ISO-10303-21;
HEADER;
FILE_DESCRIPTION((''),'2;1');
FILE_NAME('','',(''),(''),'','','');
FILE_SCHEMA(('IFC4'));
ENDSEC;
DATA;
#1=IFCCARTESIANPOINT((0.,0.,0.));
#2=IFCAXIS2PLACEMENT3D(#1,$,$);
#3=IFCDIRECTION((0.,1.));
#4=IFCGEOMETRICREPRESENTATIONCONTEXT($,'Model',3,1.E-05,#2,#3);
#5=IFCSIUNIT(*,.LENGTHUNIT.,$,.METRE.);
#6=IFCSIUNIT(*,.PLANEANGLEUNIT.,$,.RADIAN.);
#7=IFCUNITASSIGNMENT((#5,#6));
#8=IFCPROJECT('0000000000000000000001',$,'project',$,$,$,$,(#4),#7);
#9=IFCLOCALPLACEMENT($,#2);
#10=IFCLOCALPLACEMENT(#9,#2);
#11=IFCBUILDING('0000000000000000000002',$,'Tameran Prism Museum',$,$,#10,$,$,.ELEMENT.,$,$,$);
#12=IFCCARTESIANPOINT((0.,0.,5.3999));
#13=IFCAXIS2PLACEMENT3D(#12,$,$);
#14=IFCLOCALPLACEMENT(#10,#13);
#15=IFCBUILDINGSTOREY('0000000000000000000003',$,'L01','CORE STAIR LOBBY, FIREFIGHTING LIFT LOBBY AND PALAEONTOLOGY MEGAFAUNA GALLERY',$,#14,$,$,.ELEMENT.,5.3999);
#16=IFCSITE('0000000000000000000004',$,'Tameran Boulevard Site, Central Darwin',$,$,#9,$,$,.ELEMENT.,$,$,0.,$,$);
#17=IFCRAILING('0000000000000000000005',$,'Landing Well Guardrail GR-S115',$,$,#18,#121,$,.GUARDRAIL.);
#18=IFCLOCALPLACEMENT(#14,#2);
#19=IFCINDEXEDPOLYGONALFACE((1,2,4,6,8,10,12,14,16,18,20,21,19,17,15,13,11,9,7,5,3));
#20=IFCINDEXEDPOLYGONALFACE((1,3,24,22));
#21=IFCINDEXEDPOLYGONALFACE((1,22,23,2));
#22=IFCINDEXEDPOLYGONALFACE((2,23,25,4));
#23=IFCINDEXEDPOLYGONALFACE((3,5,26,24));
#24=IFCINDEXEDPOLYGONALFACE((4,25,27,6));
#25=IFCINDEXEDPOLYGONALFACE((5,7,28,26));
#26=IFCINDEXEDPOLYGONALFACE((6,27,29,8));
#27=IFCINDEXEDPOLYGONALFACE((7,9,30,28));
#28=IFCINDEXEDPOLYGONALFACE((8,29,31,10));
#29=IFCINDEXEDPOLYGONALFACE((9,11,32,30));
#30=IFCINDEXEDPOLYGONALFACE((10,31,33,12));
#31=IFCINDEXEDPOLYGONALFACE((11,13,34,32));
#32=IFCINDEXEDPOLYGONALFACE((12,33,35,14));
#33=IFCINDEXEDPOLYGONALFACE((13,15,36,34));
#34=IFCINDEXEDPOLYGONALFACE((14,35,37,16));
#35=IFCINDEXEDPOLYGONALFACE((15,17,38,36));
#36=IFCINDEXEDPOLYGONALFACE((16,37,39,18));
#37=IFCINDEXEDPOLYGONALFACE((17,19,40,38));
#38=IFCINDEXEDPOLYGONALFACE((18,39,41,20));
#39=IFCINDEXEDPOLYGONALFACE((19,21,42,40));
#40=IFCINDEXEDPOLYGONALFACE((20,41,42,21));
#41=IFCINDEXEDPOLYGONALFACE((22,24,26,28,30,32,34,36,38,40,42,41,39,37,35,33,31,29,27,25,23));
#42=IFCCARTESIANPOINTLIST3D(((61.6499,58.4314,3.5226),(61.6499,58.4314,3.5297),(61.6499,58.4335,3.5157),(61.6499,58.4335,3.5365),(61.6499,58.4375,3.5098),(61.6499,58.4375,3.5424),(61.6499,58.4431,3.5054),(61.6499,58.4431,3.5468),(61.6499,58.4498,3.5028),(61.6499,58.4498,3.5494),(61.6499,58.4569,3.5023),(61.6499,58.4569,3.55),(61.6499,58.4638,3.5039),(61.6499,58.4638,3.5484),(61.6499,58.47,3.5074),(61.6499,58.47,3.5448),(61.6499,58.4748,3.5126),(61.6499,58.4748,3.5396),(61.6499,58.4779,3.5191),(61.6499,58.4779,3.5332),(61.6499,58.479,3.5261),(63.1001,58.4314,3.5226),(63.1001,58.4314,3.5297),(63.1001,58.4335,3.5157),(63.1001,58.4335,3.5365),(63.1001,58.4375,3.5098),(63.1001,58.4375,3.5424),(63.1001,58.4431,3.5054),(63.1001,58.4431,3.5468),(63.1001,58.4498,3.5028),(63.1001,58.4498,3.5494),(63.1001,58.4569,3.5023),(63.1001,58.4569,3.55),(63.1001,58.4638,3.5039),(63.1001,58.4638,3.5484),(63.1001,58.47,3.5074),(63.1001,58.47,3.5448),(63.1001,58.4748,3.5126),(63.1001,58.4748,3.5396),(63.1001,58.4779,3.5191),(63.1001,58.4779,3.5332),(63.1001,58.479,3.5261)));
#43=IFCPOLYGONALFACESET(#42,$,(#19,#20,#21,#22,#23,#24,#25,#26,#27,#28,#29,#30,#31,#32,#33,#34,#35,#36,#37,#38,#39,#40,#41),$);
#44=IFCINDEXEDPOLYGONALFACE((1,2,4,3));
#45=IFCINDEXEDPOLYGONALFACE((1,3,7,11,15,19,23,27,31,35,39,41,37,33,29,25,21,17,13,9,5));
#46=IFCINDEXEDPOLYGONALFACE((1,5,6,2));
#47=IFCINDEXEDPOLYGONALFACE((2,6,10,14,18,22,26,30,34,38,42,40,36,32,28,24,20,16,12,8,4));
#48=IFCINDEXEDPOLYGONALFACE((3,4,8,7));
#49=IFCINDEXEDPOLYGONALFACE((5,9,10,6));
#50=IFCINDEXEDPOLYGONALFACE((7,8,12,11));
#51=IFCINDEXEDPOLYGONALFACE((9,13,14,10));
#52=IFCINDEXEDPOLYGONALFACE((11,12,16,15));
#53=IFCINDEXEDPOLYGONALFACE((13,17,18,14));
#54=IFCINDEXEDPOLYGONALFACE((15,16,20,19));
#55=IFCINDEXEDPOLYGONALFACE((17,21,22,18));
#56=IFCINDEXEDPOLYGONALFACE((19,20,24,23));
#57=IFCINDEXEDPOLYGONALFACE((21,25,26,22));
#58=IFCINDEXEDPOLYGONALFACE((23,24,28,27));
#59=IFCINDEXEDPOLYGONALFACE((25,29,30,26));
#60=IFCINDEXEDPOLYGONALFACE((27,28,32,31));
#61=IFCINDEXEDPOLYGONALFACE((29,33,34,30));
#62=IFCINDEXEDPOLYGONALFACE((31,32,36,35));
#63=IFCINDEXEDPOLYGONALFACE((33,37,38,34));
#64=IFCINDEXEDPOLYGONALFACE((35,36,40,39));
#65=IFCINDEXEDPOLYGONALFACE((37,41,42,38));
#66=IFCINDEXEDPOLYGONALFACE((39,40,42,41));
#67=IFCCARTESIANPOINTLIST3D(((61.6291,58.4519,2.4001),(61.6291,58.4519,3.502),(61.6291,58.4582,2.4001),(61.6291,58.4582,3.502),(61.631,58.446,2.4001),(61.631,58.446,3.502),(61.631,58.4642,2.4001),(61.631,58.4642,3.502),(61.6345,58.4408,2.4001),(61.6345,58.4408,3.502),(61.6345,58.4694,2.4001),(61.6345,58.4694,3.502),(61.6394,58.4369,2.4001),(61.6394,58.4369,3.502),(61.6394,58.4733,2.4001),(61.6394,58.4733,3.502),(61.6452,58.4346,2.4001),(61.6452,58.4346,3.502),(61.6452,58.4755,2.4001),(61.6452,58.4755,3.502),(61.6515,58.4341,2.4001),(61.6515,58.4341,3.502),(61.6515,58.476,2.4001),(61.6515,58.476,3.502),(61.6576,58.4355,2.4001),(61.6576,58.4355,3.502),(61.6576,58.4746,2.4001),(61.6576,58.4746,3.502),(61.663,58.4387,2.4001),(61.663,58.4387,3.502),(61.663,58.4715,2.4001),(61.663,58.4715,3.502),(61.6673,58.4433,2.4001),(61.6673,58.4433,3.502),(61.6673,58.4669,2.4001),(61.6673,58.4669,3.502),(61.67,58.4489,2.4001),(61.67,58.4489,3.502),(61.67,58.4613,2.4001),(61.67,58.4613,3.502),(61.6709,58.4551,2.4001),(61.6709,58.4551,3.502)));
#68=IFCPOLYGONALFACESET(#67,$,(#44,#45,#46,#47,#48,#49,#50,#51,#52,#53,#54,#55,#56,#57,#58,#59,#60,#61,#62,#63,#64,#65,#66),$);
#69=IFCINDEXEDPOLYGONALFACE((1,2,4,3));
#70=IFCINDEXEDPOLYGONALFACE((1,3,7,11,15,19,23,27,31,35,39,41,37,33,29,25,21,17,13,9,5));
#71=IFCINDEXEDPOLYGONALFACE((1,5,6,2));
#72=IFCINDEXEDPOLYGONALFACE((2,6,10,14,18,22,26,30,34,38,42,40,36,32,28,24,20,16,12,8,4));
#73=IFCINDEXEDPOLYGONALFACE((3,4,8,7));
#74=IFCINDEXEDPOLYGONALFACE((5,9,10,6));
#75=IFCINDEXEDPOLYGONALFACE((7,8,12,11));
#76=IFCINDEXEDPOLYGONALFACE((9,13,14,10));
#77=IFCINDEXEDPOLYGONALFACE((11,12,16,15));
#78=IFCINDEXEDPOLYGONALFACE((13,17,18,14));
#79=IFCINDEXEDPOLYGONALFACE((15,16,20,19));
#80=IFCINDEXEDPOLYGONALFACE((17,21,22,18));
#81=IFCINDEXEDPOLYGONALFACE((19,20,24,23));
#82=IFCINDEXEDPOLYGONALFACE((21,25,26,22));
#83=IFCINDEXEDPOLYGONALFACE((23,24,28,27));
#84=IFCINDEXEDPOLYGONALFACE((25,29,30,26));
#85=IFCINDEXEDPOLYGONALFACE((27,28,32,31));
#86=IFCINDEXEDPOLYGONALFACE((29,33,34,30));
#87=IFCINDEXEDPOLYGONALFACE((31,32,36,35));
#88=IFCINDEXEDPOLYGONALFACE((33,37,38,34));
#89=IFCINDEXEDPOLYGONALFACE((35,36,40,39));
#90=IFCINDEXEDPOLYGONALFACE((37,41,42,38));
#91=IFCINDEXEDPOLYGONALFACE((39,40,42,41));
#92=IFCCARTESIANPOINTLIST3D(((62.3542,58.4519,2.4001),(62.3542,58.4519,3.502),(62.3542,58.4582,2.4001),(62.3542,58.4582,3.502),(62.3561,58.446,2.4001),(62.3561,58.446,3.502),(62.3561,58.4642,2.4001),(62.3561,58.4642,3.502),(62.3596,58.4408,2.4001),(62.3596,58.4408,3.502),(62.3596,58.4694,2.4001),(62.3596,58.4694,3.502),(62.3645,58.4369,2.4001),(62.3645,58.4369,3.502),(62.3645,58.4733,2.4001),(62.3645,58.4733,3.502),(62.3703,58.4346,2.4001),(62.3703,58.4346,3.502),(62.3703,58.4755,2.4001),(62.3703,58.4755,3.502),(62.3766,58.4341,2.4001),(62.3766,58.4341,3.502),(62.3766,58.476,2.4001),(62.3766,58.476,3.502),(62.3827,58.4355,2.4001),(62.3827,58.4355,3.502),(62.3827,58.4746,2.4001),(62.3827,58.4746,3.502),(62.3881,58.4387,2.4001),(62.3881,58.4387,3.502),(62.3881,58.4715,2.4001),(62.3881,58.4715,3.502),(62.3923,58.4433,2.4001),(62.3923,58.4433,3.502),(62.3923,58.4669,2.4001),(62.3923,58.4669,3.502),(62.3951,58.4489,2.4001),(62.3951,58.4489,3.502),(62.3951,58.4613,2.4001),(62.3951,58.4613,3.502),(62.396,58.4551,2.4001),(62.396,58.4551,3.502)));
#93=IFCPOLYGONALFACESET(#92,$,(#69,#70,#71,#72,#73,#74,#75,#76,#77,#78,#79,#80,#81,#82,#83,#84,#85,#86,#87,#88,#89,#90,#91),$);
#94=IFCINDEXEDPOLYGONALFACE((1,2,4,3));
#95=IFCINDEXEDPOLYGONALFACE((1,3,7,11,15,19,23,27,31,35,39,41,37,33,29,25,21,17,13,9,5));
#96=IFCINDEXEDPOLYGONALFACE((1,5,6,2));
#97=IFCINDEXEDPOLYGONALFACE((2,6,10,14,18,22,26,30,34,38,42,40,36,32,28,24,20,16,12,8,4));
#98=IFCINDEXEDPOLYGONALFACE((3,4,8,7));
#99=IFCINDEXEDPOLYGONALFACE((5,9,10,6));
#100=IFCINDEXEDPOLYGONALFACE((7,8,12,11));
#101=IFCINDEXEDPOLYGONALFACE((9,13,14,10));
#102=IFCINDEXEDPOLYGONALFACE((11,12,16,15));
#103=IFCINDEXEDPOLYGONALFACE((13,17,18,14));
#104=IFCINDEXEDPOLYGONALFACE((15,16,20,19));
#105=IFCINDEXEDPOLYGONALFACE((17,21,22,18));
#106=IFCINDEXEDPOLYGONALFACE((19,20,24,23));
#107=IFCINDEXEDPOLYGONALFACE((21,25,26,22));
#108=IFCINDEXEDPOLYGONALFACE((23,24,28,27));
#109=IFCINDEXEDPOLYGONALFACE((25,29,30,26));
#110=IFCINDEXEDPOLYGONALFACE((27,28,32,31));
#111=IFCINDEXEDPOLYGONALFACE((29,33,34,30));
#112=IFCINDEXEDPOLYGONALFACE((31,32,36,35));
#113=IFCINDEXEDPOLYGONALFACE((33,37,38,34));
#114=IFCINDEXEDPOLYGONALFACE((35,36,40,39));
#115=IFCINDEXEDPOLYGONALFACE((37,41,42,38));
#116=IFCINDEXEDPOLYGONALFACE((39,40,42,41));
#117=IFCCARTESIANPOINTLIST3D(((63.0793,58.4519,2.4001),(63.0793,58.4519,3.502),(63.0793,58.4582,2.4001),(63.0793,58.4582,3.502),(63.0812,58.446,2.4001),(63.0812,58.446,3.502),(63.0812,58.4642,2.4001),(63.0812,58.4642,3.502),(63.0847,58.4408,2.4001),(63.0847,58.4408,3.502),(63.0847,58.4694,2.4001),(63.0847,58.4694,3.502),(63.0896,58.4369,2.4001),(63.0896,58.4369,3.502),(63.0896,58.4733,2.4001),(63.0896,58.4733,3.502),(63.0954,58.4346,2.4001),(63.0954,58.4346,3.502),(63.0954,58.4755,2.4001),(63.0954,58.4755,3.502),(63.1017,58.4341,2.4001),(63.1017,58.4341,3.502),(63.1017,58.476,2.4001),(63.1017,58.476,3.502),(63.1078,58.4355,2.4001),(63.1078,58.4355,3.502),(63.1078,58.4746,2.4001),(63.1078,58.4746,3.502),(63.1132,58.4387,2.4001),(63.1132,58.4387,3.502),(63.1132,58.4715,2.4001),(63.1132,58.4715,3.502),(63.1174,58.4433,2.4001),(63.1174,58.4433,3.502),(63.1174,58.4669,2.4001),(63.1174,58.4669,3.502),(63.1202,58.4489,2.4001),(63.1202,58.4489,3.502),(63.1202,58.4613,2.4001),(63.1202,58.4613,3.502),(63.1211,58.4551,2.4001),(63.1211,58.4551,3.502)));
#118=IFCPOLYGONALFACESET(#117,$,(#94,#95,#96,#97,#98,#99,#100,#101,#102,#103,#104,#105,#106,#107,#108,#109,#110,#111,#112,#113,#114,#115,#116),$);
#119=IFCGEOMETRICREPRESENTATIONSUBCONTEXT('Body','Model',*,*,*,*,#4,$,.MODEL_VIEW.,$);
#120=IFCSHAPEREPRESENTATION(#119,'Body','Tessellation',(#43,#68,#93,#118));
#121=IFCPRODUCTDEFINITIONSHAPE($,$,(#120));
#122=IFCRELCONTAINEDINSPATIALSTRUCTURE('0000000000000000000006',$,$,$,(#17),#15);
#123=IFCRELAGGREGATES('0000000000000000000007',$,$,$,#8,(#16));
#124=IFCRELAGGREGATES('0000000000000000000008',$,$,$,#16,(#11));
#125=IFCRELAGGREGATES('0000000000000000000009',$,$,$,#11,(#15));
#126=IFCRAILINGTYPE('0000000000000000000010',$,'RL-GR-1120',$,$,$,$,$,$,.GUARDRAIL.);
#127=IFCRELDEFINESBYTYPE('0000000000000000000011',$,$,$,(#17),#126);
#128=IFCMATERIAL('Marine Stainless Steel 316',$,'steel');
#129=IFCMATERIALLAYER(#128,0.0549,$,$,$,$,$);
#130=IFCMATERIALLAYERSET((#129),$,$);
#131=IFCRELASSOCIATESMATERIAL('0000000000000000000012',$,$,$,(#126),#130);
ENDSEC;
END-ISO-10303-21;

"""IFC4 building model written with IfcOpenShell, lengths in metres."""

from ifc_helpers import new_model, si_unit, direction, frame, origin, origin_2d, place, context, subcontext, project, spatial, circle, extrude, material, layer, layer_set, type_object, element, save


model = new_model("IFC4")

# Units and contexts
model_context = context("Model", 3, precision=1e-05, world=origin(), true_north=direction((0.0, 1.0)))
body_context = subcontext(model_context, "Body", "Model", "MODEL_VIEW")
ifc_project = project(units=[si_unit("LENGTHUNIT", "METRE"), si_unit("PLANEANGLEUNIT", "RADIAN")], contexts=[model_context])

# Site, building, storey
site_placement = place(None, origin())
site = spatial("IfcSite", under=ifc_project, at=site_placement, Name="Tameran Boulevard Site, Central Darwin", CompositionType="ELEMENT", RefElevation=0.0)
building_placement = place(site_placement, origin())
building = spatial("IfcBuilding", under=site, at=building_placement, Name="Tameran Prism Museum", CompositionType="ELEMENT")
storey_placement = place(building_placement, frame((0.0, 0.0, 5.3999)))
storey = spatial("IfcBuildingStorey", under=building, at=storey_placement, Name="L01", Description="CORE STAIR LOBBY, FIREFIGHTING LIFT LOBBY AND PALAEONTOLOGY MEGAFAUNA GALLERY", CompositionType="ELEMENT", Elevation=5.3999)

# Railing
ifc_material_1 = material(Name="Marine Stainless Steel 316", Category="steel")
ifc_layer_1 = layer(ifc_material_1, 0.0549)
ifc_layer_set_1 = layer_set([ifc_layer_1])
railing_type_1 = type_object("IfcRailingType", Name="RL-GR-1120", PredefinedType="GUARDRAIL", material=ifc_layer_set_1)
railing_1_placement = place(storey_placement, frame((61.6499, 58.4551, 2.4001)))
element("IfcRailing", 1, at=railing_1_placement, inside=storey, type_object=railing_type_1, Name="Landing Well Guardrail GR-S115", PredefinedType="GUARDRAIL", context=body_context, shape_type="SweptSolid", body=[
    extrude(circle(Radius=0.0239, at=origin_2d()), frame((0.0, 0.0, 1.126), z_axis=(1.0, 0.0, 0.0), x_axis=(0.0, 1.0, 0.0)), (0.0, 0.0, 1.0), 1.4502),
    extrude(circle(Radius=0.021, at=origin_2d()), origin(), (0.0, 0.0, 1.0), 1.1018),
    extrude(circle(Radius=0.021, at=origin_2d()), frame((0.7251, 0.0, 0.0)), (0.0, 0.0, 1.0), 1.1018),
    extrude(circle(Radius=0.021, at=origin_2d()), frame((1.4502, 0.0, 0.0)), (0.0, 0.0, 1.0), 1.1018),
])

save(model, "model.ifc")
